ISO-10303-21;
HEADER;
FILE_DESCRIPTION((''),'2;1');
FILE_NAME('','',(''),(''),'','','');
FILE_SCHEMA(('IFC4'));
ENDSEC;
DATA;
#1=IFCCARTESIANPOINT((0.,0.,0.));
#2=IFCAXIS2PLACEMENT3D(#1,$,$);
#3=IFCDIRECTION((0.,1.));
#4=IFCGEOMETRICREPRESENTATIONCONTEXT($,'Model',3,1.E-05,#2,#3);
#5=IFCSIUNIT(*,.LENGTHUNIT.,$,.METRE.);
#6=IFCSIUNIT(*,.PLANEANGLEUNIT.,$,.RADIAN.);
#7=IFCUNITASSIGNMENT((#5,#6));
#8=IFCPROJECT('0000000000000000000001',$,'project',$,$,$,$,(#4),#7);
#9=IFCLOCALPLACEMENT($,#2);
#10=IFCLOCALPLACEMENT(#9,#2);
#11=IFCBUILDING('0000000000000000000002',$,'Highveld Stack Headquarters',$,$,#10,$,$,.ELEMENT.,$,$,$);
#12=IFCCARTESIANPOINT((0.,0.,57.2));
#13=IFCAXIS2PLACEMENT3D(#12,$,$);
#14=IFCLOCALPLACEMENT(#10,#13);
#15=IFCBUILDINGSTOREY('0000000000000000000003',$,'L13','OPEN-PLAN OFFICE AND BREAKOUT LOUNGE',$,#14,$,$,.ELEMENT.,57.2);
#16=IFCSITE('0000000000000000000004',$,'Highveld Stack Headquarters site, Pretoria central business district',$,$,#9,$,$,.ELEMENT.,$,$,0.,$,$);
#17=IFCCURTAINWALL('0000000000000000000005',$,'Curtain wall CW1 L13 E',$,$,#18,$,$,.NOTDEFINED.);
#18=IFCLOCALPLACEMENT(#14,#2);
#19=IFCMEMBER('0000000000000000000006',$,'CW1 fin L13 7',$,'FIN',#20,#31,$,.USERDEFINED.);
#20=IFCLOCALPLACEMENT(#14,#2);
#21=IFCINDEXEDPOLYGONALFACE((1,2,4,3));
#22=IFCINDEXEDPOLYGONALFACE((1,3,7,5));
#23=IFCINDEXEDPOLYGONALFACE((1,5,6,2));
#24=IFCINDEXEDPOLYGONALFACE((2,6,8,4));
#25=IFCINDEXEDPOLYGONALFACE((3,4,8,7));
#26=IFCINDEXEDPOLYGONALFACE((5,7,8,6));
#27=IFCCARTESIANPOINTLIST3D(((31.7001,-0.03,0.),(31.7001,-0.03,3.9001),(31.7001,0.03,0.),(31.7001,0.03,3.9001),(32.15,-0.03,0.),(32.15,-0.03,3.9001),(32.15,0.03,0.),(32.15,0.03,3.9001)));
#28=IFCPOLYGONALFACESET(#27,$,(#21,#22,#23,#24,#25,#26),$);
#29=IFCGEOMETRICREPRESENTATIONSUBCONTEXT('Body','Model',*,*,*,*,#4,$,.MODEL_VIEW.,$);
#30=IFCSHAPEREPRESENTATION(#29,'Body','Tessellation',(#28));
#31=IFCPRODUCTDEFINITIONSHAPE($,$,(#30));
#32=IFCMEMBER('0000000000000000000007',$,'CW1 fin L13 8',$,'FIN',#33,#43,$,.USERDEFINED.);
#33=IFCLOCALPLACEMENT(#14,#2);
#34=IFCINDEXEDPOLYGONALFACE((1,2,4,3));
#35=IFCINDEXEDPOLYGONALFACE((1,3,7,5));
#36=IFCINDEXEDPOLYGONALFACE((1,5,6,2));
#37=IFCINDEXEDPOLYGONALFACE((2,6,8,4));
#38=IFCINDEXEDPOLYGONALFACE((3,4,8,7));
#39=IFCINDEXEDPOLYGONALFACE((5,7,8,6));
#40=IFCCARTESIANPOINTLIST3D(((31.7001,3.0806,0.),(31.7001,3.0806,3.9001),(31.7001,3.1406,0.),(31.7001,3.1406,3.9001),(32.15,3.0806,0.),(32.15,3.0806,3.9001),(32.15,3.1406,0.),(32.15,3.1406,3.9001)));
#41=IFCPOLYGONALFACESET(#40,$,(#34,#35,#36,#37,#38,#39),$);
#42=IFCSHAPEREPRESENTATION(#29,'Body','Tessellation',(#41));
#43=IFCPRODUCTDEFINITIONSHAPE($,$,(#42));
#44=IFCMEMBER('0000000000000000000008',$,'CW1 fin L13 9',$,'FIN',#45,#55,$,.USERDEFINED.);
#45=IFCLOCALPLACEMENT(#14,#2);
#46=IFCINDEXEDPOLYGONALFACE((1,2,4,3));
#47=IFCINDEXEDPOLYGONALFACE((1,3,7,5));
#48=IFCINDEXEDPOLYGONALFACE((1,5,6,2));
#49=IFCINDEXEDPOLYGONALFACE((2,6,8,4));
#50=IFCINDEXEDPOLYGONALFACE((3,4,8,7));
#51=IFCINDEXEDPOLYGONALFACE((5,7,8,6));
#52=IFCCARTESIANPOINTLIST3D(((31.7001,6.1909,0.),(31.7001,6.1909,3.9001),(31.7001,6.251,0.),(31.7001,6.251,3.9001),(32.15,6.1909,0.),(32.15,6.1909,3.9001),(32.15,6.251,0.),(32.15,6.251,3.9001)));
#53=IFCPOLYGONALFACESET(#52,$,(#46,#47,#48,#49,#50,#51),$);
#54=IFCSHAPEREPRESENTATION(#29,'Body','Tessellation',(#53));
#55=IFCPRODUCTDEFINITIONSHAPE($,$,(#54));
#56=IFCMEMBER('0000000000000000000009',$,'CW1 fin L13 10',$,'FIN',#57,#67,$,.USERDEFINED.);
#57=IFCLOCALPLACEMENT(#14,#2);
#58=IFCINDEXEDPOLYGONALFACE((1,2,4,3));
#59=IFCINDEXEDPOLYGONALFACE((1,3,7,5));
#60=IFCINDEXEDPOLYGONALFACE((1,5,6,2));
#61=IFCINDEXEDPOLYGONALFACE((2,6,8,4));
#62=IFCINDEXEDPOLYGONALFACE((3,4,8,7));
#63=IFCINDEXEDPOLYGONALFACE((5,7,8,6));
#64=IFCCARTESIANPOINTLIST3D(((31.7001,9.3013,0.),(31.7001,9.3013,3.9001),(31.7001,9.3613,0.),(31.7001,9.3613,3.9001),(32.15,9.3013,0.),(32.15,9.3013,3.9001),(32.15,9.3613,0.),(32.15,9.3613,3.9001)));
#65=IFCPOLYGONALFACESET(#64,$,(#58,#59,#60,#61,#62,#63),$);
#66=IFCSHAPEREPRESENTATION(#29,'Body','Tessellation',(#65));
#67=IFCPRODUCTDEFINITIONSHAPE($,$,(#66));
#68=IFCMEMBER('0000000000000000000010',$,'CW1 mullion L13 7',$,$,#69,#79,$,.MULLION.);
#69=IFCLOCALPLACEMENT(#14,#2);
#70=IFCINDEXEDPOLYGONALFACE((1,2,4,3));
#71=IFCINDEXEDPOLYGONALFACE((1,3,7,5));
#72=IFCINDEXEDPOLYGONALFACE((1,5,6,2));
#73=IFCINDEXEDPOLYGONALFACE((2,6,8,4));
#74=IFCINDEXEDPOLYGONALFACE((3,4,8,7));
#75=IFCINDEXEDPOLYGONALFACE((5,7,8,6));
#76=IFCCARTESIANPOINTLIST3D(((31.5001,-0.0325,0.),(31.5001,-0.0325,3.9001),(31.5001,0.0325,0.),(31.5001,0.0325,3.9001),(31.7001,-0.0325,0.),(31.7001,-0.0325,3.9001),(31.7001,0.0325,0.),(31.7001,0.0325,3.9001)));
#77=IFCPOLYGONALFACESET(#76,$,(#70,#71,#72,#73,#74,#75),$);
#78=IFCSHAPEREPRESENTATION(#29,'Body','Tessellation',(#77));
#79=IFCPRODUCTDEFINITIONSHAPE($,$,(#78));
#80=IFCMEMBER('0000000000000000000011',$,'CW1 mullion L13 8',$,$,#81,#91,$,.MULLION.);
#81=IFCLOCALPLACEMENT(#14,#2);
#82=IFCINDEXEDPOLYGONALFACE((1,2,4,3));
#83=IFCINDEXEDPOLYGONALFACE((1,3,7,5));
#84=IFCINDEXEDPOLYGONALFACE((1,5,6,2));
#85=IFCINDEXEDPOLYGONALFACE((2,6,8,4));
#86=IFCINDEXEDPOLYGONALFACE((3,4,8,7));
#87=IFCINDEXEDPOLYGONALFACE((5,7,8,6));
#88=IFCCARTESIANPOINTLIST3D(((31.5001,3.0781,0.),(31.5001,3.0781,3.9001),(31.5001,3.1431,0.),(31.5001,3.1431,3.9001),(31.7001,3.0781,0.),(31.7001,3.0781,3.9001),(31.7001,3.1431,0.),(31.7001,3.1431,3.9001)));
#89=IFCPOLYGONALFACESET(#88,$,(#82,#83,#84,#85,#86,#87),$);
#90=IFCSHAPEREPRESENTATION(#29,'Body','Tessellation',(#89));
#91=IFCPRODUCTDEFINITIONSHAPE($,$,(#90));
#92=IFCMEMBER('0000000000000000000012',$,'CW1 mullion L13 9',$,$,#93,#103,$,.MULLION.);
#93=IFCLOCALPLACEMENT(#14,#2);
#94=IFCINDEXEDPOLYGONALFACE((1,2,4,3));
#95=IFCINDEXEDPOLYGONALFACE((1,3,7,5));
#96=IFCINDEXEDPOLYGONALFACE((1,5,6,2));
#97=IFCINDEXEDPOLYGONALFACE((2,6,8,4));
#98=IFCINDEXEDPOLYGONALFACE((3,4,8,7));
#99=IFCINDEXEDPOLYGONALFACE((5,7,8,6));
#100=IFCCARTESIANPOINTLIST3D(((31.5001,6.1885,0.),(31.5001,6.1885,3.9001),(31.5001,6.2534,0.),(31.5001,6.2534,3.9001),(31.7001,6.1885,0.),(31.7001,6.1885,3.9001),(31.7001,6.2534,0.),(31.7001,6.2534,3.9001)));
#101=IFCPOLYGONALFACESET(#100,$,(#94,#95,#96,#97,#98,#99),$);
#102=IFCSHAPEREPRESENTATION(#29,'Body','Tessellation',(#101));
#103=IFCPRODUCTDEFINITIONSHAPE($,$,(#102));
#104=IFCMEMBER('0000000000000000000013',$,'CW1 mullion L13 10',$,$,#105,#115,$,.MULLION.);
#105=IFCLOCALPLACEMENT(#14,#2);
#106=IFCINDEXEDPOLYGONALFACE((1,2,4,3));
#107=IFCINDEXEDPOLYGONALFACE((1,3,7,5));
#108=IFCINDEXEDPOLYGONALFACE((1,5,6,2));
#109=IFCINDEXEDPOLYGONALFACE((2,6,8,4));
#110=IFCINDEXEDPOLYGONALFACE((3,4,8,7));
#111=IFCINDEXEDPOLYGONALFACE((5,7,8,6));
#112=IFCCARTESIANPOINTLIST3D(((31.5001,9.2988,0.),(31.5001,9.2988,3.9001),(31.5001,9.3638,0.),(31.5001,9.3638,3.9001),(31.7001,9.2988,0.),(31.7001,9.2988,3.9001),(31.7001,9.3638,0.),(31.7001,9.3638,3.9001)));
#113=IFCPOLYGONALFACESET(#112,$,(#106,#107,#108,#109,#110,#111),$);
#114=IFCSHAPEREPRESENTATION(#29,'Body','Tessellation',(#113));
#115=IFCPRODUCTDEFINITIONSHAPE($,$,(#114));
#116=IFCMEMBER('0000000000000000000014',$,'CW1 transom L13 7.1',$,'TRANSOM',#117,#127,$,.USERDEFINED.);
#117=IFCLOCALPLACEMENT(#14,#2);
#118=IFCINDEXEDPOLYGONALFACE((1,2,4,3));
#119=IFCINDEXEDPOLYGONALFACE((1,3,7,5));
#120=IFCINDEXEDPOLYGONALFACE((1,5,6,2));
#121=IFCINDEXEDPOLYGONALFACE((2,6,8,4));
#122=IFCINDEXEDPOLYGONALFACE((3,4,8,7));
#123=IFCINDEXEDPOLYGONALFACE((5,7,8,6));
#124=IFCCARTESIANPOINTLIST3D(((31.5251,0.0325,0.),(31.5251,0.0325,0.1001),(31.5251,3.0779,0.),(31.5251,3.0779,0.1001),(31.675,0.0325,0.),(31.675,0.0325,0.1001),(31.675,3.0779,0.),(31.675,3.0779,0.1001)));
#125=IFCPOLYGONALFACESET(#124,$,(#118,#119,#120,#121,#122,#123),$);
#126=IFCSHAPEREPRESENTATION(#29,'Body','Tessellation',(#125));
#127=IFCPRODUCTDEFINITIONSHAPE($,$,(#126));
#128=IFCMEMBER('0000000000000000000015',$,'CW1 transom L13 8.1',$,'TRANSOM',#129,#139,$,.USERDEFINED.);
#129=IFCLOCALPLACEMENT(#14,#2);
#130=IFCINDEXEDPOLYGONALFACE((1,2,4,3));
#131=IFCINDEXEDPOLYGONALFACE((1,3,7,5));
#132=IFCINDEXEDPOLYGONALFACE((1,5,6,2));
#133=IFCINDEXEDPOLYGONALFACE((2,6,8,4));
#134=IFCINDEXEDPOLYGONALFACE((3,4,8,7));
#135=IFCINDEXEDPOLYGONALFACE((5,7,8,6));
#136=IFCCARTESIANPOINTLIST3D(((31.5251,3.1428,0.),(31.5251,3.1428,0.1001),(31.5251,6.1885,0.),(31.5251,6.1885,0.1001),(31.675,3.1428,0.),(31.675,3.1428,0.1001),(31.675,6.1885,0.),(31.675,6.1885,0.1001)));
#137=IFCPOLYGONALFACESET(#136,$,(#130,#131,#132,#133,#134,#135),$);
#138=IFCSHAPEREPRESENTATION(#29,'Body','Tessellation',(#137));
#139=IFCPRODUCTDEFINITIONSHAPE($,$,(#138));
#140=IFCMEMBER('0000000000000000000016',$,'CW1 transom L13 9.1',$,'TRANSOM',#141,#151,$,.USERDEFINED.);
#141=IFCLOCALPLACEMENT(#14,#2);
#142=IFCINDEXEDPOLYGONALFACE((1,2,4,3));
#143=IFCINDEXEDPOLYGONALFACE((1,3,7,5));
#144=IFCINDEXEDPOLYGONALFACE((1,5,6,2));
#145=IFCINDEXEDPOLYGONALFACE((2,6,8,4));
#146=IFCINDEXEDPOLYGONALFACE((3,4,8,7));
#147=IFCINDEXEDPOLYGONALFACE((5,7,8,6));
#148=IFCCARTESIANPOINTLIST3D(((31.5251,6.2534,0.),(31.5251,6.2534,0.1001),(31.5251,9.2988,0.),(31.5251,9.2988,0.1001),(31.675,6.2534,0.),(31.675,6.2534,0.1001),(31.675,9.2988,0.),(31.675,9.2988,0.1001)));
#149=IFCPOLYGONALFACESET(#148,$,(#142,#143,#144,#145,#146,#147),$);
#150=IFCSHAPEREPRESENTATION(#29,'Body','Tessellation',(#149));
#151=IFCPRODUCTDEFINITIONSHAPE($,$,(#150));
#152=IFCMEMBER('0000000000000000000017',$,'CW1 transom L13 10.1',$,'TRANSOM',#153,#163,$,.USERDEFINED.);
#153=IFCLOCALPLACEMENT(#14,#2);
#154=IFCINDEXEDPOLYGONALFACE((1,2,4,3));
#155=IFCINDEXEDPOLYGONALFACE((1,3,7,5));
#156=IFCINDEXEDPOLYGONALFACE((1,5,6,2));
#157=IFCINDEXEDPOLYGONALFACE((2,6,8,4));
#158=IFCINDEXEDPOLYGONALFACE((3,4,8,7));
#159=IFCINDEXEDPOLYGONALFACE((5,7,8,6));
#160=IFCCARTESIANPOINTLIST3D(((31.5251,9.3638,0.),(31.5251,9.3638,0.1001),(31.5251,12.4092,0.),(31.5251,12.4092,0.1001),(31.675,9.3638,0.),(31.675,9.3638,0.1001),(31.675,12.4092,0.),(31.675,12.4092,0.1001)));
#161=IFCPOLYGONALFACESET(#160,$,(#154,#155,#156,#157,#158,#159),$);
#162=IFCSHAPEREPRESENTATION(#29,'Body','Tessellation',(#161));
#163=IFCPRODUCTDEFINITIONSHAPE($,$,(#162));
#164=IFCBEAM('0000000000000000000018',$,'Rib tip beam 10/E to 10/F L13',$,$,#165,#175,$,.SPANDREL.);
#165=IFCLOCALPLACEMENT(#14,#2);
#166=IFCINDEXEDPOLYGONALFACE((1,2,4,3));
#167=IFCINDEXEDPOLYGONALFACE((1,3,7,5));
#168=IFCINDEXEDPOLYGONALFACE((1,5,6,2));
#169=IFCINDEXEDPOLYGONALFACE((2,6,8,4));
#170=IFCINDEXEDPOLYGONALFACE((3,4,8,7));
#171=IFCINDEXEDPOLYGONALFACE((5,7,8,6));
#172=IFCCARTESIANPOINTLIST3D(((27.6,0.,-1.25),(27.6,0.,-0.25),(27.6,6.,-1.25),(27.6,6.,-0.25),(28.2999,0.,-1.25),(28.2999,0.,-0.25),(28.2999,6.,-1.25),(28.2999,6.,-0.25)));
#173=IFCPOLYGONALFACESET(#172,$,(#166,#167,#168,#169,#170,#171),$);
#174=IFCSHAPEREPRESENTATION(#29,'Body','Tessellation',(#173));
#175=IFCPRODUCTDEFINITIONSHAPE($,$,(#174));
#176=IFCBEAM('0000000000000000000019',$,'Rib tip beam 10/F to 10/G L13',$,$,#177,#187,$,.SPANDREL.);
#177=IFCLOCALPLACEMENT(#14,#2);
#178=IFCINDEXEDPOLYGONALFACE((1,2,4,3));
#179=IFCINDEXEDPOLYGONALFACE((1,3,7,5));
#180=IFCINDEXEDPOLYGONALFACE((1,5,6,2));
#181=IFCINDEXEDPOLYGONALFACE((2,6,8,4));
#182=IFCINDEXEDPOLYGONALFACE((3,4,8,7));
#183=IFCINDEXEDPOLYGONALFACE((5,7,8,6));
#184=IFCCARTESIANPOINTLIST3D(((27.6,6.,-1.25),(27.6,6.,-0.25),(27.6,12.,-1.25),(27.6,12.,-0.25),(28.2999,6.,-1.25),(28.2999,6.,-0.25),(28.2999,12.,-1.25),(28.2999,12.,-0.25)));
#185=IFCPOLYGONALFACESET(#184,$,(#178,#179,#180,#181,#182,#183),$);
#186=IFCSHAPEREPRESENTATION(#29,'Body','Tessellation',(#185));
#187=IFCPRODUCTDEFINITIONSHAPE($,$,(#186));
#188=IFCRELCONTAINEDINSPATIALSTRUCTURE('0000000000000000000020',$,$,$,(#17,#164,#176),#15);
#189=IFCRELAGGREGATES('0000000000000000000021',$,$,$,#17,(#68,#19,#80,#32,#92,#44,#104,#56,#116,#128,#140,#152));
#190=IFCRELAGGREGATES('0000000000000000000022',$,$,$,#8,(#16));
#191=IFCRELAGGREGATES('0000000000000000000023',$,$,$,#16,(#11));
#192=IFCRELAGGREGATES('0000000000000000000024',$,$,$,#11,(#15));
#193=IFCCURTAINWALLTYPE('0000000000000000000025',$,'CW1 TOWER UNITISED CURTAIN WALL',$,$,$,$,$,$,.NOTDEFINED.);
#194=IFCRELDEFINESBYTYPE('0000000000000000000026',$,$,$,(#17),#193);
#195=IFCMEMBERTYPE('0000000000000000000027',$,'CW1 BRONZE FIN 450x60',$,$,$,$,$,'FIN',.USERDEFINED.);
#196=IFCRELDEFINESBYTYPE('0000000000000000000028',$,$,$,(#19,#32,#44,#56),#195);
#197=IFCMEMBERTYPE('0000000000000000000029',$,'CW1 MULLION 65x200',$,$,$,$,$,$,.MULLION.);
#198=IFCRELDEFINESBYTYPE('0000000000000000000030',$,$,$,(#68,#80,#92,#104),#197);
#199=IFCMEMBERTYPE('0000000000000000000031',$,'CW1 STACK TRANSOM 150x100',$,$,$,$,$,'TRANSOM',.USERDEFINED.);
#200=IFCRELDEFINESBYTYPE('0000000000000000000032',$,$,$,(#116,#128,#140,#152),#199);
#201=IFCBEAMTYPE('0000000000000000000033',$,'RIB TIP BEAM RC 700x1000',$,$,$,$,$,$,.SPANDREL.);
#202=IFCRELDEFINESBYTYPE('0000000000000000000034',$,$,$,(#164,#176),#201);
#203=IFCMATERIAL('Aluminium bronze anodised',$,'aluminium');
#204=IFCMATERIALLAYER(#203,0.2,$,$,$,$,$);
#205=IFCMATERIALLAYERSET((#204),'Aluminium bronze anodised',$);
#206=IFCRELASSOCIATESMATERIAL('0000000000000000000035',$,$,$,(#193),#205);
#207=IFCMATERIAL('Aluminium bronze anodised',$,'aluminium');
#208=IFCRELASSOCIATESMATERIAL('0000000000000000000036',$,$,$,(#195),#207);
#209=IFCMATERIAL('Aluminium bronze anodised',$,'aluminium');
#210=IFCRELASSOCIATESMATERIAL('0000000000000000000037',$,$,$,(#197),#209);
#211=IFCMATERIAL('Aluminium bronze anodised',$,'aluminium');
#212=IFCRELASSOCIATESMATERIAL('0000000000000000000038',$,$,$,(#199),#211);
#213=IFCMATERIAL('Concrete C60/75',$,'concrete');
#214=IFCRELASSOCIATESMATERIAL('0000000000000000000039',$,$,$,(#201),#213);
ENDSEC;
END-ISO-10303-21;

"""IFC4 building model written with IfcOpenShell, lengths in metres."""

from ifc_helpers import new_model, si_unit, direction, frame, origin, origin_2d, place, context, subcontext, project, spatial, rectangle, extrude, material, layer, layer_set, material_profile, profile_set, type_object, element, aggregate, save


model = new_model("IFC4")

# Units and contexts
model_context = context("Model", 3, precision=1e-05, world=origin(), true_north=direction((0.0, 1.0)))
body_context = subcontext(model_context, "Body", "Model", "MODEL_VIEW")
ifc_project = project(units=[si_unit("LENGTHUNIT", "METRE"), si_unit("PLANEANGLEUNIT", "RADIAN")], contexts=[model_context])

# Site, building, storey
site_placement = place(None, origin())
site = spatial("IfcSite", under=ifc_project, at=site_placement, Name="Highveld Stack Headquarters site, Pretoria central business district", CompositionType="ELEMENT", RefElevation=0.0)
building_placement = place(site_placement, origin())
building = spatial("IfcBuilding", under=site, at=building_placement, Name="Highveld Stack Headquarters", CompositionType="ELEMENT")
storey_placement = place(building_placement, frame((0.0, 0.0, 57.2)))
storey = spatial("IfcBuildingStorey", under=building, at=storey_placement, Name="L13", Description="OPEN-PLAN OFFICE AND BREAKOUT LOUNGE", CompositionType="ELEMENT", Elevation=57.2)

# Curtain wall, members
ifc_material_1 = material(Name="Aluminium bronze anodised", Category="aluminium")
ifc_layer_1 = layer(ifc_material_1, 0.2)
ifc_layer_set_1 = layer_set([ifc_layer_1], Name="Aluminium bronze anodised")
curtain_wall_type = type_object("IfcCurtainWallType", Name="CW1 TOWER UNITISED CURTAIN WALL", PredefinedType="NOTDEFINED", material=ifc_layer_set_1)
curtain_wall_placement = place(storey_placement, origin())
curtain_wall = element("IfcCurtainWall", 1, at=curtain_wall_placement, inside=storey, type_object=curtain_wall_type, Name="Curtain wall CW1 L13 E", PredefinedType="NOTDEFINED")
ifc_material_2 = material(Name="Aluminium bronze anodised", Category="aluminium")
ifc_material_profile_1 = material_profile(ifc_material_2, rectangle(XDim=0.45, YDim=0.0601, at=origin_2d()), Name="FIN 450x60")
ifc_profile_set_1 = profile_set([ifc_material_profile_1], Name="Aluminium bronze anodised")
member_type_1 = type_object("IfcMemberType", Name="CW1 BRONZE FIN 450x60", ElementType="FIN", PredefinedType="USERDEFINED", material=ifc_profile_set_1)
member_1_placement = place(storey_placement, frame((31.925, 0.0, 0.0), z_axis=(0.0, 0.0, 1.0), x_axis=(-1.0, 0.0, 0.0)))
member_1 = element("IfcMember", 2, at=member_1_placement, type_object=member_type_1, Name="CW1 fin L13 7", ObjectType="FIN", PredefinedType="USERDEFINED", context=body_context, shape_type="SweptSolid", body=[
    extrude(rectangle(XDim=0.45, YDim=0.0601, at=origin_2d()), origin(), (0.0, 0.0, 1.0), 3.9001),
])
member_2_placement = place(storey_placement, frame((31.925, 3.1106, 0.0), z_axis=(0.0, 0.0, 1.0), x_axis=(-1.0, 0.0, 0.0)))
member_2 = element("IfcMember", 3, at=member_2_placement, type_object=member_type_1, Name="CW1 fin L13 8", ObjectType="FIN", PredefinedType="USERDEFINED", context=body_context, shape_type="SweptSolid", body=[
    extrude(rectangle(XDim=0.45, YDim=0.0601, at=origin_2d()), origin(), (0.0, 0.0, 1.0), 3.9001),
])
member_3_placement = place(storey_placement, frame((31.925, 6.2209, 0.0), z_axis=(0.0, 0.0, 1.0), x_axis=(-1.0, 0.0, 0.0)))
member_3 = element("IfcMember", 4, at=member_3_placement, type_object=member_type_1, Name="CW1 fin L13 9", ObjectType="FIN", PredefinedType="USERDEFINED", context=body_context, shape_type="SweptSolid", body=[
    extrude(rectangle(XDim=0.45, YDim=0.0601, at=origin_2d()), origin(), (0.0, 0.0, 1.0), 3.9001),
])
member_4_placement = place(storey_placement, frame((31.925, 9.3313, 0.0), z_axis=(0.0, 0.0, 1.0), x_axis=(-1.0, 0.0, 0.0)))
member_4 = element("IfcMember", 5, at=member_4_placement, type_object=member_type_1, Name="CW1 fin L13 10", ObjectType="FIN", PredefinedType="USERDEFINED", context=body_context, shape_type="SweptSolid", body=[
    extrude(rectangle(XDim=0.45, YDim=0.0601, at=origin_2d()), origin(), (0.0, 0.0, 1.0), 3.9001),
])
ifc_material_3 = material(Name="Aluminium bronze anodised", Category="aluminium")
ifc_material_profile_2 = material_profile(ifc_material_3, rectangle(XDim=0.2, YDim=0.0649, at=origin_2d()), Name="CW1 MULLION 65x200")
ifc_profile_set_2 = profile_set([ifc_material_profile_2], Name="Aluminium bronze anodised")
member_type_2 = type_object("IfcMemberType", Name="CW1 MULLION 65x200", PredefinedType="MULLION", material=ifc_profile_set_2)
member_5_placement = place(storey_placement, frame((31.6001, 0.0, 0.0), z_axis=(0.0, 0.0, 1.0), x_axis=(-1.0, 0.0, 0.0)))
member_5 = element("IfcMember", 6, at=member_5_placement, type_object=member_type_2, Name="CW1 mullion L13 7", PredefinedType="MULLION", context=body_context, shape_type="SweptSolid", body=[
    extrude(rectangle(XDim=0.2, YDim=0.0649, at=origin_2d()), origin(), (0.0, 0.0, 1.0), 3.9001),
])
member_6_placement = place(storey_placement, frame((31.6001, 3.1106, 0.0), z_axis=(0.0, 0.0, 1.0), x_axis=(-1.0, 0.0, 0.0)))
member_6 = element("IfcMember", 7, at=member_6_placement, type_object=member_type_2, Name="CW1 mullion L13 8", PredefinedType="MULLION", context=body_context, shape_type="SweptSolid", body=[
    extrude(rectangle(XDim=0.2, YDim=0.0649, at=origin_2d()), origin(), (0.0, 0.0, 1.0), 3.9001),
])
member_7_placement = place(storey_placement, frame((31.6001, 6.2209, 0.0), z_axis=(0.0, 0.0, 1.0), x_axis=(-1.0, 0.0, 0.0)))
member_7 = element("IfcMember", 8, at=member_7_placement, type_object=member_type_2, Name="CW1 mullion L13 9", PredefinedType="MULLION", context=body_context, shape_type="SweptSolid", body=[
    extrude(rectangle(XDim=0.2, YDim=0.0649, at=origin_2d()), origin(), (0.0, 0.0, 1.0), 3.9001),
])
member_8_placement = place(storey_placement, frame((31.6001, 9.3313, 0.0), z_axis=(0.0, 0.0, 1.0), x_axis=(-1.0, 0.0, 0.0)))
member_8 = element("IfcMember", 9, at=member_8_placement, type_object=member_type_2, Name="CW1 mullion L13 10", PredefinedType="MULLION", context=body_context, shape_type="SweptSolid", body=[
    extrude(rectangle(XDim=0.2, YDim=0.0649, at=origin_2d()), origin(), (0.0, 0.0, 1.0), 3.9001),
])
ifc_material_4 = material(Name="Aluminium bronze anodised", Category="aluminium")
ifc_material_profile_3 = material_profile(ifc_material_4, rectangle(XDim=0.1499, YDim=0.1001, at=origin_2d()), Name="CW1 TRANSOM 150x100")
ifc_profile_set_3 = profile_set([ifc_material_profile_3], Name="Aluminium bronze anodised")
member_type_3 = type_object("IfcMemberType", Name="CW1 STACK TRANSOM 150x100", ElementType="TRANSOM", PredefinedType="USERDEFINED", material=ifc_profile_set_3)
member_9_placement = place(storey_placement, frame((31.6001, 0.0325, 0.05), z_axis=(0.0, 1.0, 0.0), x_axis=(-1.0, 0.0, 0.0)))
member_9 = element("IfcMember", 10, at=member_9_placement, type_object=member_type_3, Name="CW1 transom L13 7.1", ObjectType="TRANSOM", PredefinedType="USERDEFINED", context=body_context, shape_type="SweptSolid", body=[
    extrude(rectangle(XDim=0.1499, YDim=0.1001, at=origin_2d()), origin(), (0.0, 0.0, 1.0), 3.0454),
])
member_10_placement = place(storey_placement, frame((31.6001, 3.1428, 0.05), z_axis=(0.0, 1.0, 0.0), x_axis=(-1.0, 0.0, 0.0)))
member_10 = element("IfcMember", 11, at=member_10_placement, type_object=member_type_3, Name="CW1 transom L13 8.1", ObjectType="TRANSOM", PredefinedType="USERDEFINED", context=body_context, shape_type="SweptSolid", body=[
    extrude(rectangle(XDim=0.1499, YDim=0.1001, at=origin_2d()), origin(), (0.0, 0.0, 1.0), 3.0457),
])
member_11_placement = place(storey_placement, frame((31.6001, 6.2534, 0.05), z_axis=(0.0, 1.0, 0.0), x_axis=(-1.0, 0.0, 0.0)))
member_11 = element("IfcMember", 12, at=member_11_placement, type_object=member_type_3, Name="CW1 transom L13 9.1", ObjectType="TRANSOM", PredefinedType="USERDEFINED", context=body_context, shape_type="SweptSolid", body=[
    extrude(rectangle(XDim=0.1499, YDim=0.1001, at=origin_2d()), origin(), (0.0, 0.0, 1.0), 3.0454),
])
member_12_placement = place(storey_placement, frame((31.6001, 9.3638, 0.05), z_axis=(0.0, 1.0, 0.0), x_axis=(-1.0, 0.0, 0.0)))
member_12 = element("IfcMember", 13, at=member_12_placement, type_object=member_type_3, Name="CW1 transom L13 10.1", ObjectType="TRANSOM", PredefinedType="USERDEFINED", context=body_context, shape_type="SweptSolid", body=[
    extrude(rectangle(XDim=0.1499, YDim=0.1001, at=origin_2d()), origin(), (0.0, 0.0, 1.0), 3.0454),
])

# Beams
ifc_material_5 = material(Name="Concrete C60/75", Category="concrete")
ifc_material_profile_4 = material_profile(ifc_material_5, rectangle(XDim=0.7, YDim=1.0, at=origin_2d()), Name="RC 700x1000")
ifc_profile_set_4 = profile_set([ifc_material_profile_4], Name="Concrete C60/75")
beam_type = type_object("IfcBeamType", Name="RIB TIP BEAM RC 700x1000", PredefinedType="SPANDREL", material=ifc_profile_set_4)
for number, where, z_axis, x_axis, name in (
    (14, (27.95, 0.0, -0.75), (0.0, 1.0, 0.0), (-1.0, 0.0, 0.0), "Rib tip beam 10/E to 10/F L13"),
    (15, (27.95, 6.0, -0.75), (0.0, 1.0, 0.0), (-1.0, 0.0, 0.0), "Rib tip beam 10/F to 10/G L13"),
):
    element("IfcBeam", number, at=place(storey_placement, frame(where, z_axis=z_axis, x_axis=x_axis)), inside=storey, type_object=beam_type, Name=name, PredefinedType="SPANDREL", context=body_context, shape_type="SweptSolid", body=[
        extrude(rectangle(XDim=0.7, YDim=1.0, at=origin_2d()), origin(), (0.0, 0.0, 1.0), 6.0),
    ])

aggregate(curtain_wall, [member_5, member_1, member_6, member_2, member_7, member_3, member_8, member_4, member_9, member_10, member_11, member_12])

save(model, "model.ifc")
